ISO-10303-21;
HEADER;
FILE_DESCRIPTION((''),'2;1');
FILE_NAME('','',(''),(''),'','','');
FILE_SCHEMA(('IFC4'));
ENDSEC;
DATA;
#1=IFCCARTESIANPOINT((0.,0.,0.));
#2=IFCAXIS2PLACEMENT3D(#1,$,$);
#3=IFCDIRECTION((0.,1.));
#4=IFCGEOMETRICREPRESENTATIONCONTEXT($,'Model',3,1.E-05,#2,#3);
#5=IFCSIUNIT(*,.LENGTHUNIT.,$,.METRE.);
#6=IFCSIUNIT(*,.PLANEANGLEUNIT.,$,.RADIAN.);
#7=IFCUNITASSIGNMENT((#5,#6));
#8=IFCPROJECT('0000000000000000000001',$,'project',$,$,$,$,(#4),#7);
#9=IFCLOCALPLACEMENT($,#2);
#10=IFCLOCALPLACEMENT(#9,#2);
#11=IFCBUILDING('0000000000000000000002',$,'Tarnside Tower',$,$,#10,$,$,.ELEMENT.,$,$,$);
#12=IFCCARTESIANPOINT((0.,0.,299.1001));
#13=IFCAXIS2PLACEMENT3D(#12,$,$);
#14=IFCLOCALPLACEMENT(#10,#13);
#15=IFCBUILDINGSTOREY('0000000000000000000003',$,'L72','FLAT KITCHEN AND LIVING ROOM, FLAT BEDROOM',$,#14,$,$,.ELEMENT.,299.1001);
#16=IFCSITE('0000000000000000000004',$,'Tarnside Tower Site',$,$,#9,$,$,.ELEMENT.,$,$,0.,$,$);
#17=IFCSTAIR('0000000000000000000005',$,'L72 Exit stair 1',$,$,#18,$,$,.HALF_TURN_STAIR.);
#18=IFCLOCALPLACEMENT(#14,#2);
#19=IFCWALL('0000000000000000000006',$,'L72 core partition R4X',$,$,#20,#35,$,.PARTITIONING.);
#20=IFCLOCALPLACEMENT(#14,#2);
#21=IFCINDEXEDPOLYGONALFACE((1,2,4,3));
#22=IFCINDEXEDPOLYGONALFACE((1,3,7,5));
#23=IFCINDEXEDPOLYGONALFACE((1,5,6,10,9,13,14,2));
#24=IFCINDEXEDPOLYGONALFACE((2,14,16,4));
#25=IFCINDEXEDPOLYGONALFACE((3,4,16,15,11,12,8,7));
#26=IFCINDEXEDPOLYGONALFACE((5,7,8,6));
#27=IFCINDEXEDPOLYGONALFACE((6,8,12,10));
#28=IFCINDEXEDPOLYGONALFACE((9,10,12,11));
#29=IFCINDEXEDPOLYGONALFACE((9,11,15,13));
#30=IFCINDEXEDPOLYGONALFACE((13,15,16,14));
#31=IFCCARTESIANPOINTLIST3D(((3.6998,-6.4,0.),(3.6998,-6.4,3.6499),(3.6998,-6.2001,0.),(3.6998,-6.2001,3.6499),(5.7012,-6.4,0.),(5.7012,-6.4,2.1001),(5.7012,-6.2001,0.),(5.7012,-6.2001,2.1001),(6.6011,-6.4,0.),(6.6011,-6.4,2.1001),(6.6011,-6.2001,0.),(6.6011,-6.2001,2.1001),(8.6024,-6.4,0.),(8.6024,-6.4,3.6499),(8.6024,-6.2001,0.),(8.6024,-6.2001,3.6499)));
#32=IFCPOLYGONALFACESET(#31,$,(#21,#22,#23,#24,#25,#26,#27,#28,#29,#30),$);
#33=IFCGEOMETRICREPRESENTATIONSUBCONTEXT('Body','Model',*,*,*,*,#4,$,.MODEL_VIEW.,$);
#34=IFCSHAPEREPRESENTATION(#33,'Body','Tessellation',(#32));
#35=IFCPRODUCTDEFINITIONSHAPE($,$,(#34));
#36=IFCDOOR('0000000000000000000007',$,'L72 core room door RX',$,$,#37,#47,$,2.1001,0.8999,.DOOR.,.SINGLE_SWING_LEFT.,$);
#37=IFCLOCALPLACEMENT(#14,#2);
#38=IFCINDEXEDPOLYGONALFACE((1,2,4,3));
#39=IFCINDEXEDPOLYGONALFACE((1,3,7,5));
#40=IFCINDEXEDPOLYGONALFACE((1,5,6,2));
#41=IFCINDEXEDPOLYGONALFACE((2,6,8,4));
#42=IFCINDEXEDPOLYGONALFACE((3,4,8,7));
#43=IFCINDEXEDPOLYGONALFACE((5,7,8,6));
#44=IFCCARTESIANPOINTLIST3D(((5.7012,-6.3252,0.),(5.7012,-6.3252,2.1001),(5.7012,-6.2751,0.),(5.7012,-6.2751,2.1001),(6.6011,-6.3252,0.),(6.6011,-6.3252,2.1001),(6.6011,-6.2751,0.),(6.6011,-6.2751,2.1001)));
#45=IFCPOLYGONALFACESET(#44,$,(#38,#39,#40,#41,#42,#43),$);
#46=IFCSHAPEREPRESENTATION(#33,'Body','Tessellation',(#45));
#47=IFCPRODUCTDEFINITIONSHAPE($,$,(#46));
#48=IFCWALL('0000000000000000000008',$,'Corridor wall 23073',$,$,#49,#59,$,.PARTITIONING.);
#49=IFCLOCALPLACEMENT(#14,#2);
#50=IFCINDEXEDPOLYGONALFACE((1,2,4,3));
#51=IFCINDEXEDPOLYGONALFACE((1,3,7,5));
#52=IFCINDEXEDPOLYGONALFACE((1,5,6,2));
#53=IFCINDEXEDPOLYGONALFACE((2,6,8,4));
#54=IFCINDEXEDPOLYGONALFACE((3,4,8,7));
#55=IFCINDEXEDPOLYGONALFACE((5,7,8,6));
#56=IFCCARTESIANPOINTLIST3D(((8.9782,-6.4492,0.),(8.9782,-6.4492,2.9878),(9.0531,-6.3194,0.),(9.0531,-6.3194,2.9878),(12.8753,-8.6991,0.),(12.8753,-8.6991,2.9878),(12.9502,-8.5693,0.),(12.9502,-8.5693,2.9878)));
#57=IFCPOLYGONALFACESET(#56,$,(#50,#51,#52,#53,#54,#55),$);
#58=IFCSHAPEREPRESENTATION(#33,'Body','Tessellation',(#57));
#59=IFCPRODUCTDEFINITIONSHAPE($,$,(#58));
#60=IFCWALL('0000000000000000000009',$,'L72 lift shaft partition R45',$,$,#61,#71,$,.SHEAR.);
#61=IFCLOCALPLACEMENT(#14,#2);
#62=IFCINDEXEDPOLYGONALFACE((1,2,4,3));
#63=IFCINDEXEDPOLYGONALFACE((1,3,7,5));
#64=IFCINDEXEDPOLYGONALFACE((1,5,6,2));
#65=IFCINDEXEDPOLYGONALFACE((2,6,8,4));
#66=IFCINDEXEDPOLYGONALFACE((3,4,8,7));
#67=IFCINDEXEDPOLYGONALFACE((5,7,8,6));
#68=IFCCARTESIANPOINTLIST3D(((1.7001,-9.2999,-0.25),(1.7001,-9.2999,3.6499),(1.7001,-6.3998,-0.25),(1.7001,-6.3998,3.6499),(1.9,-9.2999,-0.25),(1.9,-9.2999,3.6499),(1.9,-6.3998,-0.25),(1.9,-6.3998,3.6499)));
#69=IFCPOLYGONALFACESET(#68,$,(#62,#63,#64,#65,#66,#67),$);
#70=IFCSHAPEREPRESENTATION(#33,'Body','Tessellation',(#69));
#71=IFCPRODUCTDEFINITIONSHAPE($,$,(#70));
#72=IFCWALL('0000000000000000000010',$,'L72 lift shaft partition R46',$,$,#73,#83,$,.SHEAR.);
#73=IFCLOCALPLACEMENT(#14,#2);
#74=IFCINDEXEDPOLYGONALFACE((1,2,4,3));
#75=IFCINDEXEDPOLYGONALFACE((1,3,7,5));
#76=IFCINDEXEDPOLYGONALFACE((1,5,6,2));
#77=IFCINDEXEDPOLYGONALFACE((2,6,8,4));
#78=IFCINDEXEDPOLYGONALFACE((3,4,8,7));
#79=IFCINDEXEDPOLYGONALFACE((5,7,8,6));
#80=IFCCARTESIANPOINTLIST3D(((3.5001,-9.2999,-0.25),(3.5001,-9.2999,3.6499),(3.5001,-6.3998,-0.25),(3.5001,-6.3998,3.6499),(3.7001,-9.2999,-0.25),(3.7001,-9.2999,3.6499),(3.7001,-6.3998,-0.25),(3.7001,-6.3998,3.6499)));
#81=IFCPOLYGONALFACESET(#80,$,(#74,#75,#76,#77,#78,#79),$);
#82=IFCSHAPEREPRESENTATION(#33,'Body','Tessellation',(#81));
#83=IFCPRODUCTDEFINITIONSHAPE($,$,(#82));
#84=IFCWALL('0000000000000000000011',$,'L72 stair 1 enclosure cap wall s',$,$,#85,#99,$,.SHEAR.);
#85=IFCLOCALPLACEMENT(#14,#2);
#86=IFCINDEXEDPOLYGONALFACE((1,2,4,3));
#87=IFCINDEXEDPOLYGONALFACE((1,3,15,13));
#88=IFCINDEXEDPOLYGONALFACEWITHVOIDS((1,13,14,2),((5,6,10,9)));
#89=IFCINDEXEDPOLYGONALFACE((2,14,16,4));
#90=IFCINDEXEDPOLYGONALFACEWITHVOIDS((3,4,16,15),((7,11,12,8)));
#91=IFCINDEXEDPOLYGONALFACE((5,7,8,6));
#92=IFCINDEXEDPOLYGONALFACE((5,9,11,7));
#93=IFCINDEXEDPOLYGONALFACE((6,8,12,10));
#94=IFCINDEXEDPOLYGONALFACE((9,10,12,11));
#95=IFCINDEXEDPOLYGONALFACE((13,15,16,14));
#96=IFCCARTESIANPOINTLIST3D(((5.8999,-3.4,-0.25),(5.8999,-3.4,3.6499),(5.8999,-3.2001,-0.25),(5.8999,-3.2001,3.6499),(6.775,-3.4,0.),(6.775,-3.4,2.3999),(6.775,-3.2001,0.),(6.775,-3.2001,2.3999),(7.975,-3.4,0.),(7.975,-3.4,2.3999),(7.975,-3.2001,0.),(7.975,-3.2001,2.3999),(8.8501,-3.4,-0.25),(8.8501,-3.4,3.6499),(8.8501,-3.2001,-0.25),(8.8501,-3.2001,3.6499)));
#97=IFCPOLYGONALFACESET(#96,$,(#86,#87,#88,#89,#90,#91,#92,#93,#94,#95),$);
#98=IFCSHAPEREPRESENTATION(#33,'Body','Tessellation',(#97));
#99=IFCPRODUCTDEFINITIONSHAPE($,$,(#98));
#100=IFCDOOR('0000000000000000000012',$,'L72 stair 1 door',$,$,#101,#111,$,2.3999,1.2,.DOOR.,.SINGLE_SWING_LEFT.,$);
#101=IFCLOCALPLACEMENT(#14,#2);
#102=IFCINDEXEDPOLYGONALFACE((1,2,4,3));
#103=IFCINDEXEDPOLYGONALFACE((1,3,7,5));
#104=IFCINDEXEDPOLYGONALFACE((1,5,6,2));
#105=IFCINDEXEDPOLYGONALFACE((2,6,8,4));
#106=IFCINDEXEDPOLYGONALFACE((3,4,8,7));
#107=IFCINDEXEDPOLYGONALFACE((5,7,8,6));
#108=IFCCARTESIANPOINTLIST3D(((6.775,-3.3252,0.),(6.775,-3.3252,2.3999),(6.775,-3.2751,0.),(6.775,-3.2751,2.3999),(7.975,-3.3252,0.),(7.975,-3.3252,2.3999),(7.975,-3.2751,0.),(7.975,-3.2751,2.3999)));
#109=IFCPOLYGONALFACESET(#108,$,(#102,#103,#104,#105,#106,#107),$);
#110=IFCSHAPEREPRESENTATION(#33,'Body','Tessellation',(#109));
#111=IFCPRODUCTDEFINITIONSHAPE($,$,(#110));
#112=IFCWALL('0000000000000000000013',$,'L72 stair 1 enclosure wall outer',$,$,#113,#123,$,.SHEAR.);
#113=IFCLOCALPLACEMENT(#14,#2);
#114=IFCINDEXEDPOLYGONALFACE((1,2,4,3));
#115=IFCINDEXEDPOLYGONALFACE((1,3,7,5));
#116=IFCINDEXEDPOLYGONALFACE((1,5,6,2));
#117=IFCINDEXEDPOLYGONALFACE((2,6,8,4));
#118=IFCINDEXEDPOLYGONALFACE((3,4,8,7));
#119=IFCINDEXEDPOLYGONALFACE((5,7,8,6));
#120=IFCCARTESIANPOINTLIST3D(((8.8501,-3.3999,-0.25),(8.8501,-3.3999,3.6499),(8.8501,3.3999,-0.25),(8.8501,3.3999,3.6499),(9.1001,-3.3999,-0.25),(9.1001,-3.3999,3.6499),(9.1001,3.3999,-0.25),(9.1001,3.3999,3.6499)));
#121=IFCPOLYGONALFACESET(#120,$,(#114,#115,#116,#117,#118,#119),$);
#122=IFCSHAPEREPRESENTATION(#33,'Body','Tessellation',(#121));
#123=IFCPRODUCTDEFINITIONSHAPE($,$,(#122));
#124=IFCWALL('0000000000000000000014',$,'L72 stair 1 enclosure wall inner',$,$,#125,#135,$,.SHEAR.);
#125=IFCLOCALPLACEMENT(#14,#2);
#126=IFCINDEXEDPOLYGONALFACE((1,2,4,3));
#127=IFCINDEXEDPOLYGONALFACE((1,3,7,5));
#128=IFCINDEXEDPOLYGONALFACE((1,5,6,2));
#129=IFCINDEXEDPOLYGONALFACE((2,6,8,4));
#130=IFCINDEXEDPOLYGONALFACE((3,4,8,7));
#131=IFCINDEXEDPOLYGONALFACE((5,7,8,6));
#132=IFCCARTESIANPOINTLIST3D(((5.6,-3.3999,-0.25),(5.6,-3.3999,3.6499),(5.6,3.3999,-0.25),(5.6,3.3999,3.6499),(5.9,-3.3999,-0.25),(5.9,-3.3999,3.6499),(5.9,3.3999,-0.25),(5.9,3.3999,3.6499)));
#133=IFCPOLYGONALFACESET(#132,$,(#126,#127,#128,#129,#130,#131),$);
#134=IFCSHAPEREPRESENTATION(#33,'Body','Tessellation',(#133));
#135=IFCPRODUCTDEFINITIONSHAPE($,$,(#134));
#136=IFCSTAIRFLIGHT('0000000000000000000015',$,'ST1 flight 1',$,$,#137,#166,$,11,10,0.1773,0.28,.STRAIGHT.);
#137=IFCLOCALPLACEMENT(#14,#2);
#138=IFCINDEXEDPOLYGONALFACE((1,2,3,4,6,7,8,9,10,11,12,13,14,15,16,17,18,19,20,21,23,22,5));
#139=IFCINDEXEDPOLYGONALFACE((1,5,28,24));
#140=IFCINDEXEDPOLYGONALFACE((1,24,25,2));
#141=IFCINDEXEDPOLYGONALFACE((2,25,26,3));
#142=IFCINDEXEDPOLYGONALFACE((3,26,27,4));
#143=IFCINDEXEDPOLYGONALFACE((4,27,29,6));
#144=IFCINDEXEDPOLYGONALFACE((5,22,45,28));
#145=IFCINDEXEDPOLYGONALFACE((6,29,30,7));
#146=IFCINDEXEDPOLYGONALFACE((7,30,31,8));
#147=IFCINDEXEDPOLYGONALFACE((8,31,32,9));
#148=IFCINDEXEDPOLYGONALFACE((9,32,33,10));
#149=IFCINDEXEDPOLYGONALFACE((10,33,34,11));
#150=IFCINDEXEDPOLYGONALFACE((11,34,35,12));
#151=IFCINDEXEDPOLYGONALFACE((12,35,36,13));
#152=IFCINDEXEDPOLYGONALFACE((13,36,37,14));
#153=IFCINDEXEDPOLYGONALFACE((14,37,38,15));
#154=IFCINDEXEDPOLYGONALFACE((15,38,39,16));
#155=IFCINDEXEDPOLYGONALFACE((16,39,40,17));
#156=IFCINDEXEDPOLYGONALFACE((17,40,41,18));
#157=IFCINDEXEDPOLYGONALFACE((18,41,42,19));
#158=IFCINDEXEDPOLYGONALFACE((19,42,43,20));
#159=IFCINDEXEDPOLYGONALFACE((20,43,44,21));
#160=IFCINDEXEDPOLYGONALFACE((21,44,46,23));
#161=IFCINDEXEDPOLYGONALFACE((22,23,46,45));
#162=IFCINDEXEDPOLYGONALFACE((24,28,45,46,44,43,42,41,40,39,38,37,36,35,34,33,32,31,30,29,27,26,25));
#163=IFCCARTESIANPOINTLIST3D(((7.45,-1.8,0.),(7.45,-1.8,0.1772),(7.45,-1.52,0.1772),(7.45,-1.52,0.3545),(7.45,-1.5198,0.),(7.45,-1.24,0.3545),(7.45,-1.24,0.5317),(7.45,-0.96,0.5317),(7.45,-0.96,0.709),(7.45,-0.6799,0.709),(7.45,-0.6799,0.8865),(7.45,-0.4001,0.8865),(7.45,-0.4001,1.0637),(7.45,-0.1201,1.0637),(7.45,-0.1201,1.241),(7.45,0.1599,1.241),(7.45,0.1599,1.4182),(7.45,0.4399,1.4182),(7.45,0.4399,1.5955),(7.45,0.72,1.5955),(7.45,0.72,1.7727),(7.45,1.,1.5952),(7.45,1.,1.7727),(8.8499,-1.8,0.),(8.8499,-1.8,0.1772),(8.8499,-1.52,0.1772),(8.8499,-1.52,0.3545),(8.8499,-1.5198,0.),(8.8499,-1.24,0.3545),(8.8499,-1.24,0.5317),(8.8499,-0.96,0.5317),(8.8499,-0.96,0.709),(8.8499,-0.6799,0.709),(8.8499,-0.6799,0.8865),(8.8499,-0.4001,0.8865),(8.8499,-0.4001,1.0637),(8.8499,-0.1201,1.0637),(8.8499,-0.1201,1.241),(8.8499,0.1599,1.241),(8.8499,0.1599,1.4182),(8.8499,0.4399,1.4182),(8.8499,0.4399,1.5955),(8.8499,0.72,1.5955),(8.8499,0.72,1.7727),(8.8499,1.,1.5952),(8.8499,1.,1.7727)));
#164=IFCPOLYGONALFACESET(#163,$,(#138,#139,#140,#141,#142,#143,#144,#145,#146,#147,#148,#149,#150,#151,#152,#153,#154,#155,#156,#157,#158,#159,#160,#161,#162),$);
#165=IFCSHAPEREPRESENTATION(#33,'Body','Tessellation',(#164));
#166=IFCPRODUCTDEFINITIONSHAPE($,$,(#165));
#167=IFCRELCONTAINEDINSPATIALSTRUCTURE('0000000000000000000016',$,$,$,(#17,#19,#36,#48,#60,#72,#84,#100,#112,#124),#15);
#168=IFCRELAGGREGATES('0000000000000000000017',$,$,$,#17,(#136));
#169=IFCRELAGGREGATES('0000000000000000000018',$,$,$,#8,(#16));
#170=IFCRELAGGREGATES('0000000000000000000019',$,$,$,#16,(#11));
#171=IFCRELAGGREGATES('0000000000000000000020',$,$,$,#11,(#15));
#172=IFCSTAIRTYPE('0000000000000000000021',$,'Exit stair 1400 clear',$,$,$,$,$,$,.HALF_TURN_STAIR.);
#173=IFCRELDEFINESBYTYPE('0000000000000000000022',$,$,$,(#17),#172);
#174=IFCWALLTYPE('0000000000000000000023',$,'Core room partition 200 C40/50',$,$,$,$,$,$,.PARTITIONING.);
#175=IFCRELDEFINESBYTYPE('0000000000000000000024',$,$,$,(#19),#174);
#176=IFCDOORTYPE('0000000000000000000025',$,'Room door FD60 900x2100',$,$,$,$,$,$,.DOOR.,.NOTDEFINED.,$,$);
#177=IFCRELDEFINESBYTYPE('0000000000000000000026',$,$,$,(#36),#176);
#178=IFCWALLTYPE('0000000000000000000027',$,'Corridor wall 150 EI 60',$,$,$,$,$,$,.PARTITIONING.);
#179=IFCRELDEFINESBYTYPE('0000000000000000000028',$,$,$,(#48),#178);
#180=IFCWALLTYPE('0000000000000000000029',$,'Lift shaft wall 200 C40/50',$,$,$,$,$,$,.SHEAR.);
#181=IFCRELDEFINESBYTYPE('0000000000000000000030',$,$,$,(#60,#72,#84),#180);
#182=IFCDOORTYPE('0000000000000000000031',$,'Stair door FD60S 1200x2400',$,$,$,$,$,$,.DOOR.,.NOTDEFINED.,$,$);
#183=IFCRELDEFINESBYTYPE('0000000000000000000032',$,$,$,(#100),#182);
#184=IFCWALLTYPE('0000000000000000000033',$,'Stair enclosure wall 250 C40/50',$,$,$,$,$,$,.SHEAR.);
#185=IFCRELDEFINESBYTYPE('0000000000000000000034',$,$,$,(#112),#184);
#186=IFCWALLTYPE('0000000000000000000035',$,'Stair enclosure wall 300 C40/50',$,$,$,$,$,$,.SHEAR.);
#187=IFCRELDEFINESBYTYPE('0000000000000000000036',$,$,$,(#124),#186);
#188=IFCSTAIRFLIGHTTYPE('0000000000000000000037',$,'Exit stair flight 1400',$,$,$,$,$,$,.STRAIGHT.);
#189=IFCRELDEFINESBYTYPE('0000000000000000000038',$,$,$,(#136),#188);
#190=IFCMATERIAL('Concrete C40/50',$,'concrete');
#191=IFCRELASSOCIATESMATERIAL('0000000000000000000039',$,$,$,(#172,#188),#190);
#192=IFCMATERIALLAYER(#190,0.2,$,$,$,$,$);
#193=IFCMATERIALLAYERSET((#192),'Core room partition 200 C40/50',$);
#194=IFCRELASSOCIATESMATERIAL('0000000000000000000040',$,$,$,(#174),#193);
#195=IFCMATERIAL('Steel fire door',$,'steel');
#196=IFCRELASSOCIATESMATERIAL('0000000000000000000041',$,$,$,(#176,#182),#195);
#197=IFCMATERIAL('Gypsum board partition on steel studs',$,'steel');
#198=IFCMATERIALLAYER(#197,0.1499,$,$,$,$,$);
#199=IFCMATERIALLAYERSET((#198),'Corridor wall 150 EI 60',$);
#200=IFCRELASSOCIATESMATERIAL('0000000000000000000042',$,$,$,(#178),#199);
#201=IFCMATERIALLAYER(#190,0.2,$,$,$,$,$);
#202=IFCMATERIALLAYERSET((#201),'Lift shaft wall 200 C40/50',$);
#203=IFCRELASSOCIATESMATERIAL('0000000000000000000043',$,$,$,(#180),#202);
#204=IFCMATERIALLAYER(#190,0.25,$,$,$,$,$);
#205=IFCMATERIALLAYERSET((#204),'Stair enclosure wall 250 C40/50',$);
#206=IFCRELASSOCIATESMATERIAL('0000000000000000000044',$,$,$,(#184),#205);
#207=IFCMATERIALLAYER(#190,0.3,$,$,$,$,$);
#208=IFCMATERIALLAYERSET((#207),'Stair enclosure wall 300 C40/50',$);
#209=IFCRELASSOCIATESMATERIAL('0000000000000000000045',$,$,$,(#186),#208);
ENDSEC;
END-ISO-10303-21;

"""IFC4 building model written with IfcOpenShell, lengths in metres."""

from ifc_helpers import new_model, si_unit, direction, frame, frame_2d, origin, place, context, subcontext, project, spatial, polyline, rectangle, outline, extrude, material, layer, layer_set, type_object, element, fill, aggregate, save


model = new_model("IFC4")

# Units and contexts
model_context = context("Model", 3, precision=1e-05, world=origin(), true_north=direction((0.0, 1.0)))
body_context = subcontext(model_context, "Body", "Model", "MODEL_VIEW")
ifc_project = project(units=[si_unit("LENGTHUNIT", "METRE"), si_unit("PLANEANGLEUNIT", "RADIAN")], contexts=[model_context])

# Site, building, storey
site_placement = place(None, origin())
site = spatial("IfcSite", under=ifc_project, at=site_placement, Name="Tarnside Tower Site", CompositionType="ELEMENT", RefElevation=0.0)
building_placement = place(site_placement, origin())
building = spatial("IfcBuilding", under=site, at=building_placement, Name="Tarnside Tower", CompositionType="ELEMENT")
storey_placement = place(building_placement, frame((0.0, 0.0, 299.1001)))
storey = spatial("IfcBuildingStorey", under=building, at=storey_placement, Name="L72", Description="FLAT KITCHEN AND LIVING ROOM, FLAT BEDROOM", CompositionType="ELEMENT", Elevation=299.1001)

# Stair
ifc_material_1 = material(Name="Concrete C40/50", Category="concrete")
stair_type = type_object("IfcStairType", Name="Exit stair 1400 clear", PredefinedType="HALF_TURN_STAIR", material=ifc_material_1)
stair_placement = place(storey_placement, origin())
stair = element("IfcStair", 1, at=stair_placement, inside=storey, type_object=stair_type, Name="L72 Exit stair 1", PredefinedType="HALF_TURN_STAIR")

# Shared definitions
ifc_layer_1 = layer(ifc_material_1, 0.2)
ifc_layer_set_1 = layer_set([ifc_layer_1], Name="Core room partition 200 C40/50")
wall_type_1 = type_object("IfcWallType", Name="Core room partition 200 C40/50", PredefinedType="PARTITIONING", material=ifc_layer_set_1)
ifc_material_2 = material(Name="Steel fire door", Category="steel")
door_type_1 = type_object("IfcDoorType", Name="Room door FD60 900x2100", OperationType="NOTDEFINED", PredefinedType="DOOR", material=ifc_material_2)

# Wall, opening, door
wall_1_placement = place(storey_placement, frame((3.7, -6.3, 0.0), z_axis=(0.0, 0.0, 1.0), x_axis=(1.0, 0.0, 0.0)))
wall_1 = element("IfcWall", 2, at=wall_1_placement, inside=storey, type_object=wall_type_1, Name="L72 core partition R4X", PredefinedType="PARTITIONING", context=body_context, shape_type="SweptSolid", body=[
    extrude(rectangle(XDim=4.9026, YDim=0.2, at=frame_2d((2.4512, 0.0))), origin(), (0.0, 0.0, 1.0), 3.6499),
])
opening_1_placement = place(wall_1_placement, frame((2.0012, 0.0, 0.0)))
opening_1 = element("IfcOpeningElement", 3, at=opening_1_placement, cuts=wall_1, PredefinedType="OPENING", context=body_context, shape_type="SweptSolid", body=[
    extrude(rectangle(XDim=0.8999, YDim=2.1001, at=frame_2d((0.45, 1.05))), frame((0.0, 0.1099, 0.0), z_axis=(0.0, -1.0, 0.0), x_axis=(1.0, 0.0, 0.0)), (0.0, 0.0, 1.0), 0.22),
])
door_1_placement = place(opening_1_placement, origin())
door_1 = element("IfcDoor", 4, at=door_1_placement, inside=storey, type_object=door_type_1, Name="L72 core room door RX", OperationType="SINGLE_SWING_LEFT", OverallHeight=2.1001, OverallWidth=0.8999, PredefinedType="DOOR", context=body_context, shape_type="SweptSolid", body=[
    extrude(rectangle(XDim=0.8999, YDim=2.1001, at=frame_2d((0.45, 1.05))), frame((0.0, 0.0249, 0.0), z_axis=(0.0, -1.0, 0.0), x_axis=(1.0, 0.0, 0.0)), (0.0, 0.0, 1.0), 0.05),
])
fill(opening_1, door_1)

# Walls
ifc_material_3 = material(Name="Gypsum board partition on steel studs", Category="steel")
ifc_layer_2 = layer(ifc_material_3, 0.1499)
ifc_layer_set_2 = layer_set([ifc_layer_2], Name="Corridor wall 150 EI 60")
wall_type_2 = type_object("IfcWallType", Name="Corridor wall 150 EI 60", PredefinedType="PARTITIONING", material=ifc_layer_set_2)
wall_2_placement = place(storey_placement, frame((9.0156, -6.3843, 0.0), z_axis=(0.0, 0.0, 1.0), x_axis=(0.866031, -0.49999, 0.0)))
element("IfcWall", 5, at=wall_2_placement, inside=storey, type_object=wall_type_2, Name="Corridor wall 23073", PredefinedType="PARTITIONING", context=body_context, shape_type="SweptSolid", body=[
    extrude(rectangle(XDim=4.5, YDim=0.1499, at=frame_2d((2.25, 0.0))), origin(), (0.0, 0.0, 1.0), 2.9878),
])
ifc_layer_3 = layer(ifc_material_1, 0.2)
ifc_layer_set_3 = layer_set([ifc_layer_3], Name="Lift shaft wall 200 C40/50")
wall_type_3 = type_object("IfcWallType", Name="Lift shaft wall 200 C40/50", PredefinedType="SHEAR", material=ifc_layer_set_3)
for number, where, z_axis, x_axis, name in (
    (6, (1.8, -9.3, -0.25), (0.0, 0.0, 1.0), (0.0, 1.0, 0.0), "L72 lift shaft partition R45"),
    (7, (3.6001, -9.3, -0.25), (0.0, 0.0, 1.0), (0.0, 1.0, 0.0), "L72 lift shaft partition R46"),
):
    element("IfcWall", number, at=place(storey_placement, frame(where, z_axis=z_axis, x_axis=x_axis)), inside=storey, type_object=wall_type_3, Name=name, PredefinedType="SHEAR", context=body_context, shape_type="SweptSolid", body=[
        extrude(rectangle(XDim=2.9001, YDim=0.2, at=frame_2d((1.4502, 0.0))), origin(), (0.0, 0.0, 1.0), 3.8999),
    ])

# Wall, opening, door
wall_3_placement = place(storey_placement, frame((5.8999, -3.3, -0.25), z_axis=(0.0, 0.0, 1.0), x_axis=(1.0, 0.0, 0.0)))
wall_3 = element("IfcWall", 8, at=wall_3_placement, inside=storey, type_object=wall_type_3, Name="L72 stair 1 enclosure cap wall s", PredefinedType="SHEAR", context=body_context, shape_type="SweptSolid", body=[
    extrude(rectangle(XDim=2.9502, YDim=0.2, at=frame_2d((1.4751, 0.0))), origin(), (0.0, 0.0, 1.0), 3.8999),
])
opening_2_placement = place(wall_3_placement, frame((0.875, 0.0, 0.25)))
opening_2 = element("IfcOpeningElement", 9, at=opening_2_placement, cuts=wall_3, PredefinedType="OPENING", context=body_context, shape_type="SweptSolid", body=[
    extrude(rectangle(XDim=1.2, YDim=2.3999, at=frame_2d((0.6001, 1.2))), frame((0.0, 0.1099, 0.0), z_axis=(0.0, -1.0, 0.0), x_axis=(1.0, 0.0, 0.0)), (0.0, 0.0, 1.0), 0.22),
])
door_type_2 = type_object("IfcDoorType", Name="Stair door FD60S 1200x2400", OperationType="NOTDEFINED", PredefinedType="DOOR", material=ifc_material_2)
door_2_placement = place(opening_2_placement, origin())
door_2 = element("IfcDoor", 10, at=door_2_placement, inside=storey, type_object=door_type_2, Name="L72 stair 1 door", OperationType="SINGLE_SWING_LEFT", OverallHeight=2.3999, OverallWidth=1.2, PredefinedType="DOOR", context=body_context, shape_type="SweptSolid", body=[
    extrude(rectangle(XDim=1.2, YDim=2.3999, at=frame_2d((0.6001, 1.2))), frame((0.0, 0.0249, 0.0), z_axis=(0.0, -1.0, 0.0), x_axis=(1.0, 0.0, 0.0)), (0.0, 0.0, 1.0), 0.05),
])
fill(opening_2, door_2)

# Walls
ifc_layer_4 = layer(ifc_material_1, 0.25)
ifc_layer_set_4 = layer_set([ifc_layer_4], Name="Stair enclosure wall 250 C40/50")
wall_type_4 = type_object("IfcWallType", Name="Stair enclosure wall 250 C40/50", PredefinedType="SHEAR", material=ifc_layer_set_4)
wall_4_placement = place(storey_placement, frame((8.9751, -3.3999, -0.25), z_axis=(0.0, 0.0, 1.0), x_axis=(0.0, 1.0, 0.0)))
element("IfcWall", 11, at=wall_4_placement, inside=storey, type_object=wall_type_4, Name="L72 stair 1 enclosure wall outer", PredefinedType="SHEAR", context=body_context, shape_type="SweptSolid", body=[
    extrude(rectangle(XDim=6.7998, YDim=0.25, at=frame_2d((3.3999, 0.0))), origin(), (0.0, 0.0, 1.0), 3.8999),
])
ifc_layer_5 = layer(ifc_material_1, 0.3)
ifc_layer_set_5 = layer_set([ifc_layer_5], Name="Stair enclosure wall 300 C40/50")
wall_type_5 = type_object("IfcWallType", Name="Stair enclosure wall 300 C40/50", PredefinedType="SHEAR", material=ifc_layer_set_5)
wall_5_placement = place(storey_placement, frame((5.75, -3.3999, -0.25), z_axis=(0.0, 0.0, 1.0), x_axis=(0.0, 1.0, 0.0)))
element("IfcWall", 12, at=wall_5_placement, inside=storey, type_object=wall_type_5, Name="L72 stair 1 enclosure wall inner", PredefinedType="SHEAR", context=body_context, shape_type="SweptSolid", body=[
    extrude(rectangle(XDim=6.7998, YDim=0.3, at=frame_2d((3.3999, 0.0))), origin(), (0.0, 0.0, 1.0), 3.8999),
])

# Stair flight
stair_flight_type = type_object("IfcStairFlightType", Name="Exit stair flight 1400", PredefinedType="STRAIGHT", material=ifc_material_1)
stair_flight_placement = place(storey_placement, frame((8.1499, -1.8, 0.0), z_axis=(0.0, 0.0, 1.0), x_axis=(0.0, 1.0, 0.0)))
stair_flight = element("IfcStairFlight", 13, at=stair_flight_placement, type_object=stair_flight_type, Name="ST1 flight 1", NumberOfRisers=11, NumberOfTreads=10, PredefinedType="STRAIGHT", RiserHeight=0.1773, TreadLength=0.28, context=body_context, shape_type="SweptSolid", body=[
    extrude(outline(polyline([(0.0, 0.0), (0.0, 0.1772), (0.28, 0.1772), (0.28, 0.3545), (0.5601, 0.3545), (0.5601, 0.5317), (0.8401, 0.5317), (0.8401, 0.709), (1.1201, 0.709), (1.1201, 0.8865), (1.3999, 0.8865), (1.3999, 1.0637), (1.6799, 1.0637), (1.6799, 1.241), (1.96, 1.241), (1.96, 1.4182), (2.24, 1.4182), (2.24, 1.5955), (2.52, 1.5955), (2.52, 1.7727), (2.8, 1.7727), (2.8, 1.95), (2.8, 1.5952), (0.2803, 0.0), (0.0, 0.0)])), frame((0.0, 0.7, 0.0), z_axis=(0.0, -1.0, 0.0), x_axis=(1.0, 0.0, 0.0)), (0.0, 0.0, 1.0), 1.3999),
])
aggregate(stair, [stair_flight])

save(model, "model.ifc")
